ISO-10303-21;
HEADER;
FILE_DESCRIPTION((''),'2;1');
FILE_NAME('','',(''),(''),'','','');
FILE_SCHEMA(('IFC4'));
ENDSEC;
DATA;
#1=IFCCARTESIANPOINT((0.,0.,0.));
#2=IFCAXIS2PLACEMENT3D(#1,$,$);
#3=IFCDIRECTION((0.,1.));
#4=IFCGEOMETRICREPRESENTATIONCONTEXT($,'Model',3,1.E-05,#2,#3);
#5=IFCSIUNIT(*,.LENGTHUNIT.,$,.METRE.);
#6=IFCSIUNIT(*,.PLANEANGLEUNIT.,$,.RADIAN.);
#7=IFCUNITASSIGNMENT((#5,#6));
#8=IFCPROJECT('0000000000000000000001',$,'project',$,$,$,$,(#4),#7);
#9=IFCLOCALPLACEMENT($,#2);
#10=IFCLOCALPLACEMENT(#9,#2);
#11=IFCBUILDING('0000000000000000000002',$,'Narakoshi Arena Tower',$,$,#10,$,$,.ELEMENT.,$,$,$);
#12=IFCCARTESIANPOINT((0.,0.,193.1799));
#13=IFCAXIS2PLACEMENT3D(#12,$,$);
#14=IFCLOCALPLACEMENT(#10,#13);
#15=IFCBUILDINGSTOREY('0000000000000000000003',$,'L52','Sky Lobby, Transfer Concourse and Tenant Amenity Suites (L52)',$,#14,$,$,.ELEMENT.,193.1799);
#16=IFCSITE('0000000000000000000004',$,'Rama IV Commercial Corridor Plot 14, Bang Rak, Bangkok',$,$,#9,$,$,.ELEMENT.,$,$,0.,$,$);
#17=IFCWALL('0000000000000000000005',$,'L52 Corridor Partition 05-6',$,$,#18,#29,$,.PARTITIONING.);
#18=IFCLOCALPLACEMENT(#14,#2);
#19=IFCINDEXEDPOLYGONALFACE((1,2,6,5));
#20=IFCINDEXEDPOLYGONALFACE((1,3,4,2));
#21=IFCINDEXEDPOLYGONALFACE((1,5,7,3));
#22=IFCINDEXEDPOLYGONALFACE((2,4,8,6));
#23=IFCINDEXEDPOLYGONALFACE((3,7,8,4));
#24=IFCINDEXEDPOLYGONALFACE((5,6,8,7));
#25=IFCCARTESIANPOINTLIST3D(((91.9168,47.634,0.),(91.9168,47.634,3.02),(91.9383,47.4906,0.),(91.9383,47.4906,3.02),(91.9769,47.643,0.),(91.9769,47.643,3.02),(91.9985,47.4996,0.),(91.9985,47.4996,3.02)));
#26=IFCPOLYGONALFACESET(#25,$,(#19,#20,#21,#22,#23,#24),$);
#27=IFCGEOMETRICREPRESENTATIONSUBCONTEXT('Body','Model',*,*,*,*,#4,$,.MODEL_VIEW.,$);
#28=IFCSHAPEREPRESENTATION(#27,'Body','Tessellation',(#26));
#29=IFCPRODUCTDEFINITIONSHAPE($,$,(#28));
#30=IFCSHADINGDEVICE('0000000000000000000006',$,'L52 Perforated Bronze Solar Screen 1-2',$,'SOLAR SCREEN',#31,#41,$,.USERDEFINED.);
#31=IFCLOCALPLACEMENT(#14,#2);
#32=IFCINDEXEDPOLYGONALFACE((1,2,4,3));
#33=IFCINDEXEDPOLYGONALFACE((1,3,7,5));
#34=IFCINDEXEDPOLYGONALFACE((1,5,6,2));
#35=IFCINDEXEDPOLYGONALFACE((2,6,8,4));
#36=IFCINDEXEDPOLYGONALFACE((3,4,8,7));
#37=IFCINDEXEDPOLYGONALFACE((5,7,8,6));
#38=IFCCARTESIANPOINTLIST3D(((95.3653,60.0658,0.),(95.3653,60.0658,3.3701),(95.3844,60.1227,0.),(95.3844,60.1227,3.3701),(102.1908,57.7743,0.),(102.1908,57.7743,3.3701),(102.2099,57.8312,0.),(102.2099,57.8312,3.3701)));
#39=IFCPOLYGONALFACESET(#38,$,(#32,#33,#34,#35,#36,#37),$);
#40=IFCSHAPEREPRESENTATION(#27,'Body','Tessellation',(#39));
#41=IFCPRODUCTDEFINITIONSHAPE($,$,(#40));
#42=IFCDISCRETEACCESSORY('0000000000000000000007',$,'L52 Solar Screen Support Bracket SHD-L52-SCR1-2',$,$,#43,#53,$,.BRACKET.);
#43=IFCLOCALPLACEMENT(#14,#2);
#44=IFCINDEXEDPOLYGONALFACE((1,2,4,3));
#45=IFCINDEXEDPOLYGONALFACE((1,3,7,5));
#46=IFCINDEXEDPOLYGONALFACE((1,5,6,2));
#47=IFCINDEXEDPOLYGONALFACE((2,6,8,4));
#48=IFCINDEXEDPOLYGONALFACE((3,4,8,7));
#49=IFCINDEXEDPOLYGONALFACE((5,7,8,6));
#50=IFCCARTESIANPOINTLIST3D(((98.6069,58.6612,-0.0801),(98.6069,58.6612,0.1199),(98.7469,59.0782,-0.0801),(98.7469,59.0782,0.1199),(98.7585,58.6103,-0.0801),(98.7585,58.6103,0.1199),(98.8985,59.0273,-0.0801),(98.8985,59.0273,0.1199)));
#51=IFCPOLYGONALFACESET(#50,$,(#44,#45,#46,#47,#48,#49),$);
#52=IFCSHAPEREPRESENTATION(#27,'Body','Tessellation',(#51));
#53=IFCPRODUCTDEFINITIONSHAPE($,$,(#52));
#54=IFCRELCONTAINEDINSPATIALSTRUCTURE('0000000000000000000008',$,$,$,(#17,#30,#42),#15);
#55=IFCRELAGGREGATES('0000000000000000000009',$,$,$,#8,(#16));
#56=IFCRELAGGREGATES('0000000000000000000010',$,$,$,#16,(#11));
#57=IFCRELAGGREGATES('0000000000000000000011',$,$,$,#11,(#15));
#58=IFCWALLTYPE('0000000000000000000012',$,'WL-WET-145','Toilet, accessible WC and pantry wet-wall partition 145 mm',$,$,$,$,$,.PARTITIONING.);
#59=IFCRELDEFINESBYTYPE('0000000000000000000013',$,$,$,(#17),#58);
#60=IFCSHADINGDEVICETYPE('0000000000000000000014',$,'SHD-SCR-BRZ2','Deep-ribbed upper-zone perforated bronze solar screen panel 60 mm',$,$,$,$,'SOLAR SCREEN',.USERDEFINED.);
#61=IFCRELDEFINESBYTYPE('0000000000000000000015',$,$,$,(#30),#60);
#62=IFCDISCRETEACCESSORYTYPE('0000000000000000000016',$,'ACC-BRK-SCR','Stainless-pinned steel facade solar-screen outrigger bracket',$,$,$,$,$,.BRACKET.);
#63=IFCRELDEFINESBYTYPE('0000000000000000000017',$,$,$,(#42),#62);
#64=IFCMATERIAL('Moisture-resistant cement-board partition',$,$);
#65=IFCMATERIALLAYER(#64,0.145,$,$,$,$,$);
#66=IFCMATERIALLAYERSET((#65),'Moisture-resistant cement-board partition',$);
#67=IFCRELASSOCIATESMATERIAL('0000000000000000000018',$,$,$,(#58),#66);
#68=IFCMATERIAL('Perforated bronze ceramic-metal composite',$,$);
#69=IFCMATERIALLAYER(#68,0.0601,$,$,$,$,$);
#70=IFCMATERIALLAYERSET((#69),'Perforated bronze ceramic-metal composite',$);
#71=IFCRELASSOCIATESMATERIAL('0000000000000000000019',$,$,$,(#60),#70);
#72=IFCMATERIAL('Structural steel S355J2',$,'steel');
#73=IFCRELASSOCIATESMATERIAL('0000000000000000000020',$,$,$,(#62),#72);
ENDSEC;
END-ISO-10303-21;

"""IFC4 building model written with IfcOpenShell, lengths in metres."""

from ifc_helpers import new_model, si_unit, direction, frame, frame_2d, origin, origin_2d, place, context, subcontext, project, spatial, rectangle, extrude, material, layer, layer_set, type_object, element, save


model = new_model("IFC4")

# Units and contexts
model_context = context("Model", 3, precision=1e-05, world=origin(), true_north=direction((0.0, 1.0)))
body_context = subcontext(model_context, "Body", "Model", "MODEL_VIEW")
ifc_project = project(units=[si_unit("LENGTHUNIT", "METRE"), si_unit("PLANEANGLEUNIT", "RADIAN")], contexts=[model_context])

# Site, building, storey
site_placement = place(None, origin())
site = spatial("IfcSite", under=ifc_project, at=site_placement, Name="Rama IV Commercial Corridor Plot 14, Bang Rak, Bangkok", CompositionType="ELEMENT", RefElevation=0.0)
building_placement = place(site_placement, origin())
building = spatial("IfcBuilding", under=site, at=building_placement, Name="Narakoshi Arena Tower", CompositionType="ELEMENT")
storey_placement = place(building_placement, frame((0.0, 0.0, 193.1799)))
storey = spatial("IfcBuildingStorey", under=building, at=storey_placement, Name="L52", Description="Sky Lobby, Transfer Concourse and Tenant Amenity Suites (L52)", CompositionType="ELEMENT", Elevation=193.1799)

# Shared definitions
ifc_material_1 = material(Name="Structural steel S355J2", Category="steel")

# Wall
ifc_material_2 = material(Name="Moisture-resistant cement-board partition")
ifc_layer_1 = layer(ifc_material_2, 0.145)
ifc_layer_set_1 = layer_set([ifc_layer_1], Name="Moisture-resistant cement-board partition")
wall_type_1 = type_object("IfcWallType", Name="WL-WET-145", Description="Toilet, accessible WC and pantry wet-wall partition 145 mm", PredefinedType="PARTITIONING", material=ifc_layer_set_1)
wall_1_placement = place(storey_placement, frame((91.9875, 47.5713, 0.0), z_axis=(0.0, 0.0, 1.0), x_axis=(-0.988877, -0.148734, 0.0)))
element("IfcWall", 1, at=wall_1_placement, inside=storey, type_object=wall_type_1, Name="L52 Corridor Partition 05-6", PredefinedType="PARTITIONING", context=body_context, shape_type="SweptSolid", body=[
    extrude(rectangle(XDim=0.0608, YDim=0.145, at=frame_2d((0.0303, 0.0))), origin(), (0.0, 0.0, 1.0), 3.02),
])

# Shading device
ifc_material_3 = material(Name="Perforated bronze ceramic-metal composite")
ifc_layer_2 = layer(ifc_material_3, 0.0601)
ifc_layer_set_2 = layer_set([ifc_layer_2], Name="Perforated bronze ceramic-metal composite")
shading_device_type = type_object("IfcShadingDeviceType", Name="SHD-SCR-BRZ2", Description="Deep-ribbed upper-zone perforated bronze solar screen panel 60 mm", ElementType="SOLAR SCREEN", PredefinedType="USERDEFINED", material=ifc_layer_set_2)
shading_device_placement = place(storey_placement, frame((98.7876, 58.9485, 0.0), z_axis=(0.0, 0.0, 1.0), x_axis=(-0.948002, 0.318264, 0.0)))
element("IfcShadingDevice", 2, at=shading_device_placement, inside=storey, type_object=shading_device_type, Name="L52 Perforated Bronze Solar Screen 1-2", ObjectType="SOLAR SCREEN", PredefinedType="USERDEFINED", context=body_context, shape_type="SweptSolid", body=[
    extrude(rectangle(XDim=7.2, YDim=0.0601, at=origin_2d()), origin(), (0.0, 0.0, 1.0), 3.3701),
])

# Discrete accessory
discrete_accessory_type = type_object("IfcDiscreteAccessoryType", Name="ACC-BRK-SCR", Description="Stainless-pinned steel facade solar-screen outrigger bracket", PredefinedType="BRACKET", material=ifc_material_1)
discrete_accessory_placement = place(storey_placement, frame((98.7527, 58.8442, -0.0801), z_axis=(0.0, 0.0, 1.0), x_axis=(-0.948002, 0.318264, 0.0)))
element("IfcDiscreteAccessory", 3, at=discrete_accessory_placement, inside=storey, type_object=discrete_accessory_type, Name="L52 Solar Screen Support Bracket SHD-L52-SCR1-2", PredefinedType="BRACKET", context=body_context, shape_type="SweptSolid", body=[
    extrude(rectangle(XDim=0.1599, YDim=0.4399, at=origin_2d()), origin(), (0.0, 0.0, 1.0), 0.2),
])

save(model, "model.ifc")
